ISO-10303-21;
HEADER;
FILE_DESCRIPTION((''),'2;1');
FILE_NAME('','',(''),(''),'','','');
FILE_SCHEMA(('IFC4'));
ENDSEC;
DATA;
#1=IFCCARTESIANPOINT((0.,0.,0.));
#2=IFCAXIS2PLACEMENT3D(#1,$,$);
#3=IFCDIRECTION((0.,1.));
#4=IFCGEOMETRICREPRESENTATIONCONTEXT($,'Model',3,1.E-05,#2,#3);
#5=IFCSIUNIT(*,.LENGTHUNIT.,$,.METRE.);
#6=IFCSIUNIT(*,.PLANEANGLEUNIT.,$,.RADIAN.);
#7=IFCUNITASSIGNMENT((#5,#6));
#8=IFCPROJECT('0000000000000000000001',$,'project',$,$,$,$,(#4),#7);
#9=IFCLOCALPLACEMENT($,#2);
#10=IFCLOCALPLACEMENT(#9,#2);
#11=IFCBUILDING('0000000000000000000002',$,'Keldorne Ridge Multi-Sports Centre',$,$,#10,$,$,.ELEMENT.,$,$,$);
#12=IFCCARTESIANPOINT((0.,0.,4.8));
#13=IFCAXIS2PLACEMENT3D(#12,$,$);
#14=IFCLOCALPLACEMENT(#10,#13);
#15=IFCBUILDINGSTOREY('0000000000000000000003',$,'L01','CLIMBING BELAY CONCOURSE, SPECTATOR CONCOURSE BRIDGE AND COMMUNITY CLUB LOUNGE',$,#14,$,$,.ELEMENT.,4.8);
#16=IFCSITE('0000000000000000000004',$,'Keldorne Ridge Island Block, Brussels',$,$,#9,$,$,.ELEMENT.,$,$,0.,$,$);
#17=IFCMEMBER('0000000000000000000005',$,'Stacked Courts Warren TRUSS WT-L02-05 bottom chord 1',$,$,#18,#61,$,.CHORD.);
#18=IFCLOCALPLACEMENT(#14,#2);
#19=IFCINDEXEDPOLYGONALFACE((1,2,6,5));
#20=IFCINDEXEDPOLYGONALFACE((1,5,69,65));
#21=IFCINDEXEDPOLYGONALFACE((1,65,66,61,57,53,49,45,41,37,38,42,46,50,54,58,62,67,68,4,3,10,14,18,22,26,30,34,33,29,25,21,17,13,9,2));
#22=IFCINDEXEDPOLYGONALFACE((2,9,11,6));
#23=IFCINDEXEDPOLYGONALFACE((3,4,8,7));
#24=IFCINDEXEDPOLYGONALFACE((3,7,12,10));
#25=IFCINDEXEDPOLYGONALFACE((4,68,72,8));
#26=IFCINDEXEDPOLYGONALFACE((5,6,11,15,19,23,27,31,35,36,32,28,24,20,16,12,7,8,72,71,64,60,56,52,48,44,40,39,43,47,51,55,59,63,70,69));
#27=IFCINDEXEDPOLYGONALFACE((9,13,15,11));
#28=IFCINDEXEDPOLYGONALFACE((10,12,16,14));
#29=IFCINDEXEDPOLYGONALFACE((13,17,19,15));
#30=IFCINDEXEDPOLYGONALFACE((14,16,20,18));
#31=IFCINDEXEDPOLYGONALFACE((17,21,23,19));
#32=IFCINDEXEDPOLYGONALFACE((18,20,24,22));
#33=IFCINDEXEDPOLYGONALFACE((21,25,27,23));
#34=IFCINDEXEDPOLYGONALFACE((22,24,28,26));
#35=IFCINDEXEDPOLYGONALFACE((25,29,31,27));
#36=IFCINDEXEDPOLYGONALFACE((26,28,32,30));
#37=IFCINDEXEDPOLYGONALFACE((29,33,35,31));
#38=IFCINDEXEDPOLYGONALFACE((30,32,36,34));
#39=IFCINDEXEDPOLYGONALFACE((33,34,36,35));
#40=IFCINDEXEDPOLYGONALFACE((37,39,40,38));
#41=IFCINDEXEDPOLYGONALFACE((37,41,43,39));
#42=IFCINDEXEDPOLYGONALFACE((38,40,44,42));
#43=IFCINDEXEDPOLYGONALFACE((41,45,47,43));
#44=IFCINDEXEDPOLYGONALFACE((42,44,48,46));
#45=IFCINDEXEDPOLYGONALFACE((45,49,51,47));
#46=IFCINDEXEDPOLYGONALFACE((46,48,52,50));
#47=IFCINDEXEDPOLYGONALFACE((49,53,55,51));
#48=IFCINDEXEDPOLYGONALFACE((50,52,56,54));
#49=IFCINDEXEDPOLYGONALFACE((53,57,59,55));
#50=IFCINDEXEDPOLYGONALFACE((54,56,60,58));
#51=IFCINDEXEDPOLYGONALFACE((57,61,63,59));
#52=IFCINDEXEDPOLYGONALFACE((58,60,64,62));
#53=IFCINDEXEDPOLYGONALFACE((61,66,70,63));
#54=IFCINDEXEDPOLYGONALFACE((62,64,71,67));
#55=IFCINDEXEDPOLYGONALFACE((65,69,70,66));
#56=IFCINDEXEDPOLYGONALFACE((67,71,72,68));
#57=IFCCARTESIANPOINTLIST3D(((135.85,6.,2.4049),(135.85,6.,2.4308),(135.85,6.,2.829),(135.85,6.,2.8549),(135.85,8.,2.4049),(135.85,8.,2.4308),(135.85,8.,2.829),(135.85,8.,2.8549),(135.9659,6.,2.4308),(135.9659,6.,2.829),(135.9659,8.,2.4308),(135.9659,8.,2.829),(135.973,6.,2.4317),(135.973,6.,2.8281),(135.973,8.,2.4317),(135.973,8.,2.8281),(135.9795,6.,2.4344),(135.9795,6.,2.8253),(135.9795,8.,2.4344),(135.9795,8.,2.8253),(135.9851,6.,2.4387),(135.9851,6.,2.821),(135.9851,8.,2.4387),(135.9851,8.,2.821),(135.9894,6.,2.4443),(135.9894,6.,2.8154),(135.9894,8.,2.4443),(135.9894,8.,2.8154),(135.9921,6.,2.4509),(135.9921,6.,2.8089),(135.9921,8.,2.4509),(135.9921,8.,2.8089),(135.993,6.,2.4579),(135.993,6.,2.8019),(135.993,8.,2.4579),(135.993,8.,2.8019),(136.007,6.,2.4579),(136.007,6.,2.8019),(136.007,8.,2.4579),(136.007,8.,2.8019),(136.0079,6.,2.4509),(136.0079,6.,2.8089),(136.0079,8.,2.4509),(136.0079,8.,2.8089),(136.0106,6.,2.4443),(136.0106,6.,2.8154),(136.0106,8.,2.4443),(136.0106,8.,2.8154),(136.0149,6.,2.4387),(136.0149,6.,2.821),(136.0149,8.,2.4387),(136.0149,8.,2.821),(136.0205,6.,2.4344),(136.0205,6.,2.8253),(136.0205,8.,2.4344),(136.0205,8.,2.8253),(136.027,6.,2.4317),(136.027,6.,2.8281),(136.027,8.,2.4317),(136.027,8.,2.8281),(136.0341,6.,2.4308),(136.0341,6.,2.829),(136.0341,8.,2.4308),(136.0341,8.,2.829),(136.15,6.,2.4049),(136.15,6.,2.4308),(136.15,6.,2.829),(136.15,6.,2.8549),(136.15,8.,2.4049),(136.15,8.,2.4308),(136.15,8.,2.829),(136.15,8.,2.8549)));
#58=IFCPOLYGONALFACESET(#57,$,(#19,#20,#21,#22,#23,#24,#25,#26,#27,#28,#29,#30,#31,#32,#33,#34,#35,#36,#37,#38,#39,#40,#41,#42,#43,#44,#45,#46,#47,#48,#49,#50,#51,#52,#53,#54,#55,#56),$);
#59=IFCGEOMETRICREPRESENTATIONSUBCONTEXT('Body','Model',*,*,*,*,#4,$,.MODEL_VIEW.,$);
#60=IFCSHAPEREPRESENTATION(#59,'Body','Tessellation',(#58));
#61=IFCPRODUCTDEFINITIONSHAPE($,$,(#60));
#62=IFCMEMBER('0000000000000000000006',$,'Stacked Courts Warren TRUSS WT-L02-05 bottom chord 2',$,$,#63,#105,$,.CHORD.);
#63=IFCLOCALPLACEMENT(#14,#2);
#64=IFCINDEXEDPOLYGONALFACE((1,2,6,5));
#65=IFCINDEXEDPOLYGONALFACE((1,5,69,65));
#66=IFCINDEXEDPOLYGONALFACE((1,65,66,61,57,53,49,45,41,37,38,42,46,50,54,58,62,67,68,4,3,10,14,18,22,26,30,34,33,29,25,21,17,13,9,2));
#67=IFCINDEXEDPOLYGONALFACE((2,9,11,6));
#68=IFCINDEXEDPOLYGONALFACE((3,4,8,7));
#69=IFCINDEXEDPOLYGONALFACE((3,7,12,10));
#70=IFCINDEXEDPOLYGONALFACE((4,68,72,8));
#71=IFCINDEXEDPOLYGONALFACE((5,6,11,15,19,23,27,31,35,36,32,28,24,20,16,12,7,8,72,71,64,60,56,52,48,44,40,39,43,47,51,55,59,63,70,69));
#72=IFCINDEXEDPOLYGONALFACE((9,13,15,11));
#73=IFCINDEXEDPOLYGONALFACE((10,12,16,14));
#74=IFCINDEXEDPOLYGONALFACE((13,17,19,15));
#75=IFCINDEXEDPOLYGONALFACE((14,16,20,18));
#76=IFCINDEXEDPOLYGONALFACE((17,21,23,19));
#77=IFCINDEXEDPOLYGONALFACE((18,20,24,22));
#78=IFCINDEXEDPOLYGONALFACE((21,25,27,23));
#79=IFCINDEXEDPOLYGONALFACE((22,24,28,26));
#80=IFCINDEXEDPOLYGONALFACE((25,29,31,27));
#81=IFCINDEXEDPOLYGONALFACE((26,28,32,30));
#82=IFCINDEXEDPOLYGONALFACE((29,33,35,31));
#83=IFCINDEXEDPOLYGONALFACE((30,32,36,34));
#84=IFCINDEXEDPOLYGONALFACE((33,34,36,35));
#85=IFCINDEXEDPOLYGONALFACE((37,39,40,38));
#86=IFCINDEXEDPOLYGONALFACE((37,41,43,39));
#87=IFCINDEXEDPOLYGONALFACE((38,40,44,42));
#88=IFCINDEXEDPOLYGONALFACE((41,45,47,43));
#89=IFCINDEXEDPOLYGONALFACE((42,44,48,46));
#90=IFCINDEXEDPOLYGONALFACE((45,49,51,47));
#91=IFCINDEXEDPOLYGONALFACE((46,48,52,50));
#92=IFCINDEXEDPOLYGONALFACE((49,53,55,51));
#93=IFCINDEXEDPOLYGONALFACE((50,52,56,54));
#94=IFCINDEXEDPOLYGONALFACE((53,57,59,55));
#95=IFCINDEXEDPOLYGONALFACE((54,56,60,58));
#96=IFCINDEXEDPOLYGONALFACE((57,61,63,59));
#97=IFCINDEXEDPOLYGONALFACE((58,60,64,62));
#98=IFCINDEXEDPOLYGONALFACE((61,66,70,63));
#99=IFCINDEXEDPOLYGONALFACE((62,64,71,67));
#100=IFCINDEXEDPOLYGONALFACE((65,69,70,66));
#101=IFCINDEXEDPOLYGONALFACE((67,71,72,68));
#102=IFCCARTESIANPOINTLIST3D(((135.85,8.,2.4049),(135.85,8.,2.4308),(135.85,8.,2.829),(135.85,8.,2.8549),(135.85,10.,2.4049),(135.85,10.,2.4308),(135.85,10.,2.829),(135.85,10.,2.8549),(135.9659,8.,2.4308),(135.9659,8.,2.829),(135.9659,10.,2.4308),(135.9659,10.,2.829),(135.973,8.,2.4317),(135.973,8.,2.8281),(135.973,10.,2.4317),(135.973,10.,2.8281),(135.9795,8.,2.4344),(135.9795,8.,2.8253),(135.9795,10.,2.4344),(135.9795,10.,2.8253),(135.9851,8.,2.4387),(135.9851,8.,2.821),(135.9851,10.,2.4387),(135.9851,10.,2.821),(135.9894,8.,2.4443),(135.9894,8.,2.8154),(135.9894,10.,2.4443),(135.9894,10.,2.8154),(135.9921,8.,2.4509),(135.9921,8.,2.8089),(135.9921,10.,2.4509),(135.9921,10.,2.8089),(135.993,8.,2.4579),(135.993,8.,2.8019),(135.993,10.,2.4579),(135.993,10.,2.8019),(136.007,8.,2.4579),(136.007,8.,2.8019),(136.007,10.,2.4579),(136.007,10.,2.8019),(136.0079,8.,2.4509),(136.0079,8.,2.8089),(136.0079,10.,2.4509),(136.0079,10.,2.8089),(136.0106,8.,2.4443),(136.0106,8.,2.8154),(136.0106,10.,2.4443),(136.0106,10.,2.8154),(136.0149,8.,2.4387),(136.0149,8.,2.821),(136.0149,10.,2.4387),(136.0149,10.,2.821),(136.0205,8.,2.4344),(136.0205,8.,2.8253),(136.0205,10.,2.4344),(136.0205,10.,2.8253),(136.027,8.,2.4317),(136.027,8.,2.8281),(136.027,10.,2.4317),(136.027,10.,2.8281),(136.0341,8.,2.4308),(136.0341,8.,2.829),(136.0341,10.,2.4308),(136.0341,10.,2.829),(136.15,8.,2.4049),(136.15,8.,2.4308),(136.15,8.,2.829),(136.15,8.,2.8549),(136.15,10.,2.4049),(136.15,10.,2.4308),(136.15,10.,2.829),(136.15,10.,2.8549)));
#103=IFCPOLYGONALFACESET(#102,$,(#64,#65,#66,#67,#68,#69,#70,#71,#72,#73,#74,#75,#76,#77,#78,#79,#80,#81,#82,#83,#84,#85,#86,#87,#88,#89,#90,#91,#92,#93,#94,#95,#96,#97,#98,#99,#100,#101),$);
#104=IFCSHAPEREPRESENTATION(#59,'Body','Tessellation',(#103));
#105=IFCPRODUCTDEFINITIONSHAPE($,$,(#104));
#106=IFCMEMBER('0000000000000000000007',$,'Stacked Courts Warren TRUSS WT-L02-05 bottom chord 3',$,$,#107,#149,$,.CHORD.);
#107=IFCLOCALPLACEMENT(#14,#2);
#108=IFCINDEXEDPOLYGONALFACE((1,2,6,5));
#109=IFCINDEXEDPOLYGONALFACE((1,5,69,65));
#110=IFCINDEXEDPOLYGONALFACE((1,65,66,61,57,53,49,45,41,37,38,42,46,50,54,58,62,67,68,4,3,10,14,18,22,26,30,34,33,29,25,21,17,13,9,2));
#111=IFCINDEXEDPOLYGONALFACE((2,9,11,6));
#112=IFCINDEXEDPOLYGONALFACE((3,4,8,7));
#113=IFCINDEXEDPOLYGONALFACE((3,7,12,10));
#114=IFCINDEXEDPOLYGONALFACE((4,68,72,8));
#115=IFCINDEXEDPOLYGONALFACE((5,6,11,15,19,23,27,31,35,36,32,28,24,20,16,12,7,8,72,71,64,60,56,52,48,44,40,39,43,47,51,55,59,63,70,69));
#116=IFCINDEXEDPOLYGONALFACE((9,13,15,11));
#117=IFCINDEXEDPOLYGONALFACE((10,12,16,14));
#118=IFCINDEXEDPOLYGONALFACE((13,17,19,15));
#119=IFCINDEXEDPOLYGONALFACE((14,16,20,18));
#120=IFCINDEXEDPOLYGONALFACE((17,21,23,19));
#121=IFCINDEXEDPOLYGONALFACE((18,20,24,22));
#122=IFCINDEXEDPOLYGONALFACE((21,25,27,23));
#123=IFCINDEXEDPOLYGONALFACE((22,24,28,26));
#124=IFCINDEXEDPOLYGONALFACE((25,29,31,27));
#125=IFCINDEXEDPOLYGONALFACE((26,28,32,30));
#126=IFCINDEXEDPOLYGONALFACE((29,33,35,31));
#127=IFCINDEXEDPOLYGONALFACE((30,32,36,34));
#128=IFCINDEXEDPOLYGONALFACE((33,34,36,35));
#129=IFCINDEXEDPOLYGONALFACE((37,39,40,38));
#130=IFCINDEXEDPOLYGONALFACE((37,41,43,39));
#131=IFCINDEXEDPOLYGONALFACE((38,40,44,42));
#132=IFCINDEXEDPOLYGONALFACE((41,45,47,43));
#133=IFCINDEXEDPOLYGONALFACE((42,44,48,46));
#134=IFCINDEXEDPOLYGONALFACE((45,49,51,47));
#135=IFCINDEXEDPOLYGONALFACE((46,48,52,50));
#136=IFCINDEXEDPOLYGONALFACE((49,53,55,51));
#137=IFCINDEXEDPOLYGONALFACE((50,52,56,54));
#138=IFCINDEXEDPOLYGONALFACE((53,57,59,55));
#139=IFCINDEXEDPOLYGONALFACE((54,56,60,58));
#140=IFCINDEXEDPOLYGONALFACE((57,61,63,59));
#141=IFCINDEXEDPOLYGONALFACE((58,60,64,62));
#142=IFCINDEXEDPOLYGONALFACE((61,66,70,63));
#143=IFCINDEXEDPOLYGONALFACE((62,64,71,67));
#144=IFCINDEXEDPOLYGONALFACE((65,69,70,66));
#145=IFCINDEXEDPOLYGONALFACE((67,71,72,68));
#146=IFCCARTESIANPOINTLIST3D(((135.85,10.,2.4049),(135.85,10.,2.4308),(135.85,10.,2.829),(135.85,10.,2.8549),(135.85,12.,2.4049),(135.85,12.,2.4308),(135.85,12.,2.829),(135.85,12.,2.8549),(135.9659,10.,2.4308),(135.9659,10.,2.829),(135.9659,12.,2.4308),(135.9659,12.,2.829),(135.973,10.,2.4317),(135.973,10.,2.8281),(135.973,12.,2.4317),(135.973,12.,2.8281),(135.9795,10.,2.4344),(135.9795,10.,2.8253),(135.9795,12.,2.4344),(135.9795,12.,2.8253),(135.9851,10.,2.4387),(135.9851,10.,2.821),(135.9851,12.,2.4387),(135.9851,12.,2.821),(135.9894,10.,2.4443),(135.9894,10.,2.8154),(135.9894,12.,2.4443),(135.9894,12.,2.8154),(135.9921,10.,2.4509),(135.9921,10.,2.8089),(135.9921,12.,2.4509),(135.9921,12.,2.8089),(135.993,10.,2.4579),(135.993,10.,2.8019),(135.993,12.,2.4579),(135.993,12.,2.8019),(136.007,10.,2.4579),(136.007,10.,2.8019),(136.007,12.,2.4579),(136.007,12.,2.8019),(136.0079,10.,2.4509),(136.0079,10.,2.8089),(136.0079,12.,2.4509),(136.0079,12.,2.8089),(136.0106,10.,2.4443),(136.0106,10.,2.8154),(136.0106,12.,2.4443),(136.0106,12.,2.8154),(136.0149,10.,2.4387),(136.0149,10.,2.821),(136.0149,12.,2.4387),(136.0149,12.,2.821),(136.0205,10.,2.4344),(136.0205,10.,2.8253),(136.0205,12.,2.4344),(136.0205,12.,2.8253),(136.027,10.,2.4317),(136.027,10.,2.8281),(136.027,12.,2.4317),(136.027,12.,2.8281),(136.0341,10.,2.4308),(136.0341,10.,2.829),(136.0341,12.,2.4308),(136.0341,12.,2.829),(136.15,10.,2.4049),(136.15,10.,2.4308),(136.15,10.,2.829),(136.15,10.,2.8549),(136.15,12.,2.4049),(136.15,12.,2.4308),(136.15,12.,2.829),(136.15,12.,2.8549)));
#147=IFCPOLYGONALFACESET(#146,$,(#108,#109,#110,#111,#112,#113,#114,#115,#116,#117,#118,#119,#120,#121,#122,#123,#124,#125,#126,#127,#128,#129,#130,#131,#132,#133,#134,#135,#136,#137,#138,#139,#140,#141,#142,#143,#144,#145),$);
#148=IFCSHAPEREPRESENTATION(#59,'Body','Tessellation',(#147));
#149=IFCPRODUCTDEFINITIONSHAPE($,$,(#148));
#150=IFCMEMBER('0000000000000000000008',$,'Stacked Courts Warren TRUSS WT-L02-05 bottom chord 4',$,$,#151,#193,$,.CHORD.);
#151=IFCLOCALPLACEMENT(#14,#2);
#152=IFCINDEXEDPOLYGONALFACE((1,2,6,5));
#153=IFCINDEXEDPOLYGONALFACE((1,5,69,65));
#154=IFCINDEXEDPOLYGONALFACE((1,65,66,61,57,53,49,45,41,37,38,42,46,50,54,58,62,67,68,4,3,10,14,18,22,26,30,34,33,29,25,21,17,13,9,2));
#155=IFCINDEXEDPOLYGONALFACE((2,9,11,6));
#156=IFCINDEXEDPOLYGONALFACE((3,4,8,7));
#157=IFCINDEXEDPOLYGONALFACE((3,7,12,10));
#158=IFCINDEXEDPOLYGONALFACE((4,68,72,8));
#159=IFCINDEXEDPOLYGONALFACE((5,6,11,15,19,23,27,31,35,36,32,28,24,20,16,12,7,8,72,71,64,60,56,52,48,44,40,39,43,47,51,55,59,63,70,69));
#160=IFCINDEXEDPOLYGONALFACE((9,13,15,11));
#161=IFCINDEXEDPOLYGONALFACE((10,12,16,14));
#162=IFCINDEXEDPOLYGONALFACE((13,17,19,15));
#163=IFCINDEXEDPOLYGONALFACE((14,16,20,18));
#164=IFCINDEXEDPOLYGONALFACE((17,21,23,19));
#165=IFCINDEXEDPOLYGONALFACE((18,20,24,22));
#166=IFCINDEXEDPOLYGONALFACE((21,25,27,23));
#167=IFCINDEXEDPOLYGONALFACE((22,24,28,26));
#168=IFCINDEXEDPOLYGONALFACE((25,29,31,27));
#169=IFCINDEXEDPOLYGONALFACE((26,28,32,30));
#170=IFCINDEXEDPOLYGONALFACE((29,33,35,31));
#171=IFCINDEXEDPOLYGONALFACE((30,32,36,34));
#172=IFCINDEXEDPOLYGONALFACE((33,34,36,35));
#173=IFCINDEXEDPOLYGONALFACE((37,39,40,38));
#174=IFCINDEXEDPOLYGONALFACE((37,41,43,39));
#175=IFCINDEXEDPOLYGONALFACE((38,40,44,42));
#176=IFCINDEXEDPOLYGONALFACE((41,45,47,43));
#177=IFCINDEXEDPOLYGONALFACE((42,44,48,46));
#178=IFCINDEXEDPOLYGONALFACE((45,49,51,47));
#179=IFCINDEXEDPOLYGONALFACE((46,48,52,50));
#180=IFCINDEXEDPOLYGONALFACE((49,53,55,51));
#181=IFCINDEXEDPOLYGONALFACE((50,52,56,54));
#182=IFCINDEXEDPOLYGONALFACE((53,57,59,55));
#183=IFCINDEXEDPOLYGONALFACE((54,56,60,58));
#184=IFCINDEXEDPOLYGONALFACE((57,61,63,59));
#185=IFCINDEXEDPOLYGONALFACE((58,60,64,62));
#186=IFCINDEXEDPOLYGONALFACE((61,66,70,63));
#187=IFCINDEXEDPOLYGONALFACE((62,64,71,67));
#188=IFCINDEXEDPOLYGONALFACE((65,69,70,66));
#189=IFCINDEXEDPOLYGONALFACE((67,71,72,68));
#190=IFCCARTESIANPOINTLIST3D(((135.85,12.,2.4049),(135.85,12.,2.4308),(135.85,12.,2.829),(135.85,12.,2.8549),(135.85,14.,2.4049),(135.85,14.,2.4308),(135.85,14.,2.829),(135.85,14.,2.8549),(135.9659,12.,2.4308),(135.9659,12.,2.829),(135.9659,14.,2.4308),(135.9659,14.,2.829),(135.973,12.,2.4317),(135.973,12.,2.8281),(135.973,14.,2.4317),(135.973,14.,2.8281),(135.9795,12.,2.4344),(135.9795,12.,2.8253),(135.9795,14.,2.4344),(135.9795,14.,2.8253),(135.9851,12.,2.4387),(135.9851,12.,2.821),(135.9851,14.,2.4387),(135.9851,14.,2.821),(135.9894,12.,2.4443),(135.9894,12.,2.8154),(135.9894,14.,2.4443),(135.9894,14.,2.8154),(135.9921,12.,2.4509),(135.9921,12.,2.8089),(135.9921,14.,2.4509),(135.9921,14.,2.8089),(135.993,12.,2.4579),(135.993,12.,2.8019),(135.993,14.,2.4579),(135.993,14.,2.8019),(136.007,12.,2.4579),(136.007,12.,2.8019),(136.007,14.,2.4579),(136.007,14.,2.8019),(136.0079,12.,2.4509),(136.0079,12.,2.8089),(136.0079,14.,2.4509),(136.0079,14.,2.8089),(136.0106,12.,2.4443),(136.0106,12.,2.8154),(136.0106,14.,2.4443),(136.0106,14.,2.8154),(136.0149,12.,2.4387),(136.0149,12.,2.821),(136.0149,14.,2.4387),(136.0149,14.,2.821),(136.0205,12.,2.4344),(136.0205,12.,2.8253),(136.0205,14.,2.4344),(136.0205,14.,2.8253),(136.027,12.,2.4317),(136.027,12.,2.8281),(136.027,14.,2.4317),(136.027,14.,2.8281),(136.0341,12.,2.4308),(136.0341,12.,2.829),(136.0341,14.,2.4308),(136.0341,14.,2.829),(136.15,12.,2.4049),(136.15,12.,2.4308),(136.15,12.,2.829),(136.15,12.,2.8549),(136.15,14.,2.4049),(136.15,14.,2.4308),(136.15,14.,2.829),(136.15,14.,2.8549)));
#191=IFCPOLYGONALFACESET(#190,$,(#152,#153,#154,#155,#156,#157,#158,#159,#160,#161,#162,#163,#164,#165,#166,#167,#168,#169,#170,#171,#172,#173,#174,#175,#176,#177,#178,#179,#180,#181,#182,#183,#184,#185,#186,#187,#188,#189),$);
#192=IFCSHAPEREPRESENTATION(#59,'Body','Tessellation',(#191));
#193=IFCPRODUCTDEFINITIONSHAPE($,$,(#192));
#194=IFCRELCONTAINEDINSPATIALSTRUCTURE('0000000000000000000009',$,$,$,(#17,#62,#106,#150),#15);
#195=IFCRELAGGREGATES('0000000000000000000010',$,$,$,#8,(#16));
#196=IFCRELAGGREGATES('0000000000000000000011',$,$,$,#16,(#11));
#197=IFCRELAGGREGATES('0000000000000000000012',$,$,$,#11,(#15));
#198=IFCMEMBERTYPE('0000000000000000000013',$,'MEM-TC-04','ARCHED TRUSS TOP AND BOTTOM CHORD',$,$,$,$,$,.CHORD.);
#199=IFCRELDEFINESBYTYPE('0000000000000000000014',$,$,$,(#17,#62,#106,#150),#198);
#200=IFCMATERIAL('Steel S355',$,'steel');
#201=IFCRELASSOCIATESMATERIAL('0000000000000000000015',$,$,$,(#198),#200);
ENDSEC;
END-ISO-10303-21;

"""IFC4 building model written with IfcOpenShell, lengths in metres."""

from ifc_helpers import new_model, si_unit, direction, frame, origin, origin_2d, place, context, subcontext, project, spatial, i_section, extrude, material, material_profile, profile_set, type_object, element, save


model = new_model("IFC4")

# Units and contexts
model_context = context("Model", 3, precision=1e-05, world=origin(), true_north=direction((0.0, 1.0)))
body_context = subcontext(model_context, "Body", "Model", "MODEL_VIEW")
ifc_project = project(units=[si_unit("LENGTHUNIT", "METRE"), si_unit("PLANEANGLEUNIT", "RADIAN")], contexts=[model_context])

# Site, building, storey
site_placement = place(None, origin())
site = spatial("IfcSite", under=ifc_project, at=site_placement, Name="Keldorne Ridge Island Block, Brussels", CompositionType="ELEMENT", RefElevation=0.0)
building_placement = place(site_placement, origin())
building = spatial("IfcBuilding", under=site, at=building_placement, Name="Keldorne Ridge Multi-Sports Centre", CompositionType="ELEMENT")
storey_placement = place(building_placement, frame((0.0, 0.0, 4.8)))
storey = spatial("IfcBuildingStorey", under=building, at=storey_placement, Name="L01", Description="CLIMBING BELAY CONCOURSE, SPECTATOR CONCOURSE BRIDGE AND COMMUNITY CLUB LOUNGE", CompositionType="ELEMENT", Elevation=4.8)

# Shared definitions
ifc_material_1 = material(Name="Steel S355", Category="steel")

# Members
ifc_material_profile_1 = material_profile(ifc_material_1, i_section(OverallWidth=0.3, OverallDepth=0.45, WebThickness=0.0139, FlangeThickness=0.0259, FilletRadius=0.0271, at=origin_2d()), Name="HEB 450")
ifc_profile_set_1 = profile_set([ifc_material_profile_1], Name="Steel S355")
member_type_1 = type_object("IfcMemberType", Name="MEM-TC-04", Description="ARCHED TRUSS TOP AND BOTTOM CHORD", PredefinedType="CHORD", material=ifc_profile_set_1)
for number, where, z_axis, x_axis, name in (
    (1, (136.0, 6.0, 2.6299), (0.0, 1.0, 0.0), (-1.0, 0.0, 0.0), "Stacked Courts Warren TRUSS WT-L02-05 bottom chord 1"),
    (2, (136.0, 8.0, 2.6299), (0.0, 1.0, 0.0), (-1.0, 0.0, 0.0), "Stacked Courts Warren TRUSS WT-L02-05 bottom chord 2"),
    (3, (136.0, 10.0, 2.6299), (0.0, 1.0, 0.0), (-1.0, 0.0, 0.0), "Stacked Courts Warren TRUSS WT-L02-05 bottom chord 3"),
    (4, (136.0, 12.0, 2.6299), (0.0, 1.0, 0.0), (-1.0, 0.0, 0.0), "Stacked Courts Warren TRUSS WT-L02-05 bottom chord 4"),
):
    element("IfcMember", number, at=place(storey_placement, frame(where, z_axis=z_axis, x_axis=x_axis)), inside=storey, type_object=member_type_1, Name=name, PredefinedType="CHORD", context=body_context, shape_type="SweptSolid", body=[
        extrude(i_section(OverallWidth=0.3, OverallDepth=0.45, WebThickness=0.0139, FlangeThickness=0.0259, FilletRadius=0.0271, at=origin_2d()), origin(), (0.0, 0.0, 1.0), 2.0),
    ])

save(model, "model.ifc")
